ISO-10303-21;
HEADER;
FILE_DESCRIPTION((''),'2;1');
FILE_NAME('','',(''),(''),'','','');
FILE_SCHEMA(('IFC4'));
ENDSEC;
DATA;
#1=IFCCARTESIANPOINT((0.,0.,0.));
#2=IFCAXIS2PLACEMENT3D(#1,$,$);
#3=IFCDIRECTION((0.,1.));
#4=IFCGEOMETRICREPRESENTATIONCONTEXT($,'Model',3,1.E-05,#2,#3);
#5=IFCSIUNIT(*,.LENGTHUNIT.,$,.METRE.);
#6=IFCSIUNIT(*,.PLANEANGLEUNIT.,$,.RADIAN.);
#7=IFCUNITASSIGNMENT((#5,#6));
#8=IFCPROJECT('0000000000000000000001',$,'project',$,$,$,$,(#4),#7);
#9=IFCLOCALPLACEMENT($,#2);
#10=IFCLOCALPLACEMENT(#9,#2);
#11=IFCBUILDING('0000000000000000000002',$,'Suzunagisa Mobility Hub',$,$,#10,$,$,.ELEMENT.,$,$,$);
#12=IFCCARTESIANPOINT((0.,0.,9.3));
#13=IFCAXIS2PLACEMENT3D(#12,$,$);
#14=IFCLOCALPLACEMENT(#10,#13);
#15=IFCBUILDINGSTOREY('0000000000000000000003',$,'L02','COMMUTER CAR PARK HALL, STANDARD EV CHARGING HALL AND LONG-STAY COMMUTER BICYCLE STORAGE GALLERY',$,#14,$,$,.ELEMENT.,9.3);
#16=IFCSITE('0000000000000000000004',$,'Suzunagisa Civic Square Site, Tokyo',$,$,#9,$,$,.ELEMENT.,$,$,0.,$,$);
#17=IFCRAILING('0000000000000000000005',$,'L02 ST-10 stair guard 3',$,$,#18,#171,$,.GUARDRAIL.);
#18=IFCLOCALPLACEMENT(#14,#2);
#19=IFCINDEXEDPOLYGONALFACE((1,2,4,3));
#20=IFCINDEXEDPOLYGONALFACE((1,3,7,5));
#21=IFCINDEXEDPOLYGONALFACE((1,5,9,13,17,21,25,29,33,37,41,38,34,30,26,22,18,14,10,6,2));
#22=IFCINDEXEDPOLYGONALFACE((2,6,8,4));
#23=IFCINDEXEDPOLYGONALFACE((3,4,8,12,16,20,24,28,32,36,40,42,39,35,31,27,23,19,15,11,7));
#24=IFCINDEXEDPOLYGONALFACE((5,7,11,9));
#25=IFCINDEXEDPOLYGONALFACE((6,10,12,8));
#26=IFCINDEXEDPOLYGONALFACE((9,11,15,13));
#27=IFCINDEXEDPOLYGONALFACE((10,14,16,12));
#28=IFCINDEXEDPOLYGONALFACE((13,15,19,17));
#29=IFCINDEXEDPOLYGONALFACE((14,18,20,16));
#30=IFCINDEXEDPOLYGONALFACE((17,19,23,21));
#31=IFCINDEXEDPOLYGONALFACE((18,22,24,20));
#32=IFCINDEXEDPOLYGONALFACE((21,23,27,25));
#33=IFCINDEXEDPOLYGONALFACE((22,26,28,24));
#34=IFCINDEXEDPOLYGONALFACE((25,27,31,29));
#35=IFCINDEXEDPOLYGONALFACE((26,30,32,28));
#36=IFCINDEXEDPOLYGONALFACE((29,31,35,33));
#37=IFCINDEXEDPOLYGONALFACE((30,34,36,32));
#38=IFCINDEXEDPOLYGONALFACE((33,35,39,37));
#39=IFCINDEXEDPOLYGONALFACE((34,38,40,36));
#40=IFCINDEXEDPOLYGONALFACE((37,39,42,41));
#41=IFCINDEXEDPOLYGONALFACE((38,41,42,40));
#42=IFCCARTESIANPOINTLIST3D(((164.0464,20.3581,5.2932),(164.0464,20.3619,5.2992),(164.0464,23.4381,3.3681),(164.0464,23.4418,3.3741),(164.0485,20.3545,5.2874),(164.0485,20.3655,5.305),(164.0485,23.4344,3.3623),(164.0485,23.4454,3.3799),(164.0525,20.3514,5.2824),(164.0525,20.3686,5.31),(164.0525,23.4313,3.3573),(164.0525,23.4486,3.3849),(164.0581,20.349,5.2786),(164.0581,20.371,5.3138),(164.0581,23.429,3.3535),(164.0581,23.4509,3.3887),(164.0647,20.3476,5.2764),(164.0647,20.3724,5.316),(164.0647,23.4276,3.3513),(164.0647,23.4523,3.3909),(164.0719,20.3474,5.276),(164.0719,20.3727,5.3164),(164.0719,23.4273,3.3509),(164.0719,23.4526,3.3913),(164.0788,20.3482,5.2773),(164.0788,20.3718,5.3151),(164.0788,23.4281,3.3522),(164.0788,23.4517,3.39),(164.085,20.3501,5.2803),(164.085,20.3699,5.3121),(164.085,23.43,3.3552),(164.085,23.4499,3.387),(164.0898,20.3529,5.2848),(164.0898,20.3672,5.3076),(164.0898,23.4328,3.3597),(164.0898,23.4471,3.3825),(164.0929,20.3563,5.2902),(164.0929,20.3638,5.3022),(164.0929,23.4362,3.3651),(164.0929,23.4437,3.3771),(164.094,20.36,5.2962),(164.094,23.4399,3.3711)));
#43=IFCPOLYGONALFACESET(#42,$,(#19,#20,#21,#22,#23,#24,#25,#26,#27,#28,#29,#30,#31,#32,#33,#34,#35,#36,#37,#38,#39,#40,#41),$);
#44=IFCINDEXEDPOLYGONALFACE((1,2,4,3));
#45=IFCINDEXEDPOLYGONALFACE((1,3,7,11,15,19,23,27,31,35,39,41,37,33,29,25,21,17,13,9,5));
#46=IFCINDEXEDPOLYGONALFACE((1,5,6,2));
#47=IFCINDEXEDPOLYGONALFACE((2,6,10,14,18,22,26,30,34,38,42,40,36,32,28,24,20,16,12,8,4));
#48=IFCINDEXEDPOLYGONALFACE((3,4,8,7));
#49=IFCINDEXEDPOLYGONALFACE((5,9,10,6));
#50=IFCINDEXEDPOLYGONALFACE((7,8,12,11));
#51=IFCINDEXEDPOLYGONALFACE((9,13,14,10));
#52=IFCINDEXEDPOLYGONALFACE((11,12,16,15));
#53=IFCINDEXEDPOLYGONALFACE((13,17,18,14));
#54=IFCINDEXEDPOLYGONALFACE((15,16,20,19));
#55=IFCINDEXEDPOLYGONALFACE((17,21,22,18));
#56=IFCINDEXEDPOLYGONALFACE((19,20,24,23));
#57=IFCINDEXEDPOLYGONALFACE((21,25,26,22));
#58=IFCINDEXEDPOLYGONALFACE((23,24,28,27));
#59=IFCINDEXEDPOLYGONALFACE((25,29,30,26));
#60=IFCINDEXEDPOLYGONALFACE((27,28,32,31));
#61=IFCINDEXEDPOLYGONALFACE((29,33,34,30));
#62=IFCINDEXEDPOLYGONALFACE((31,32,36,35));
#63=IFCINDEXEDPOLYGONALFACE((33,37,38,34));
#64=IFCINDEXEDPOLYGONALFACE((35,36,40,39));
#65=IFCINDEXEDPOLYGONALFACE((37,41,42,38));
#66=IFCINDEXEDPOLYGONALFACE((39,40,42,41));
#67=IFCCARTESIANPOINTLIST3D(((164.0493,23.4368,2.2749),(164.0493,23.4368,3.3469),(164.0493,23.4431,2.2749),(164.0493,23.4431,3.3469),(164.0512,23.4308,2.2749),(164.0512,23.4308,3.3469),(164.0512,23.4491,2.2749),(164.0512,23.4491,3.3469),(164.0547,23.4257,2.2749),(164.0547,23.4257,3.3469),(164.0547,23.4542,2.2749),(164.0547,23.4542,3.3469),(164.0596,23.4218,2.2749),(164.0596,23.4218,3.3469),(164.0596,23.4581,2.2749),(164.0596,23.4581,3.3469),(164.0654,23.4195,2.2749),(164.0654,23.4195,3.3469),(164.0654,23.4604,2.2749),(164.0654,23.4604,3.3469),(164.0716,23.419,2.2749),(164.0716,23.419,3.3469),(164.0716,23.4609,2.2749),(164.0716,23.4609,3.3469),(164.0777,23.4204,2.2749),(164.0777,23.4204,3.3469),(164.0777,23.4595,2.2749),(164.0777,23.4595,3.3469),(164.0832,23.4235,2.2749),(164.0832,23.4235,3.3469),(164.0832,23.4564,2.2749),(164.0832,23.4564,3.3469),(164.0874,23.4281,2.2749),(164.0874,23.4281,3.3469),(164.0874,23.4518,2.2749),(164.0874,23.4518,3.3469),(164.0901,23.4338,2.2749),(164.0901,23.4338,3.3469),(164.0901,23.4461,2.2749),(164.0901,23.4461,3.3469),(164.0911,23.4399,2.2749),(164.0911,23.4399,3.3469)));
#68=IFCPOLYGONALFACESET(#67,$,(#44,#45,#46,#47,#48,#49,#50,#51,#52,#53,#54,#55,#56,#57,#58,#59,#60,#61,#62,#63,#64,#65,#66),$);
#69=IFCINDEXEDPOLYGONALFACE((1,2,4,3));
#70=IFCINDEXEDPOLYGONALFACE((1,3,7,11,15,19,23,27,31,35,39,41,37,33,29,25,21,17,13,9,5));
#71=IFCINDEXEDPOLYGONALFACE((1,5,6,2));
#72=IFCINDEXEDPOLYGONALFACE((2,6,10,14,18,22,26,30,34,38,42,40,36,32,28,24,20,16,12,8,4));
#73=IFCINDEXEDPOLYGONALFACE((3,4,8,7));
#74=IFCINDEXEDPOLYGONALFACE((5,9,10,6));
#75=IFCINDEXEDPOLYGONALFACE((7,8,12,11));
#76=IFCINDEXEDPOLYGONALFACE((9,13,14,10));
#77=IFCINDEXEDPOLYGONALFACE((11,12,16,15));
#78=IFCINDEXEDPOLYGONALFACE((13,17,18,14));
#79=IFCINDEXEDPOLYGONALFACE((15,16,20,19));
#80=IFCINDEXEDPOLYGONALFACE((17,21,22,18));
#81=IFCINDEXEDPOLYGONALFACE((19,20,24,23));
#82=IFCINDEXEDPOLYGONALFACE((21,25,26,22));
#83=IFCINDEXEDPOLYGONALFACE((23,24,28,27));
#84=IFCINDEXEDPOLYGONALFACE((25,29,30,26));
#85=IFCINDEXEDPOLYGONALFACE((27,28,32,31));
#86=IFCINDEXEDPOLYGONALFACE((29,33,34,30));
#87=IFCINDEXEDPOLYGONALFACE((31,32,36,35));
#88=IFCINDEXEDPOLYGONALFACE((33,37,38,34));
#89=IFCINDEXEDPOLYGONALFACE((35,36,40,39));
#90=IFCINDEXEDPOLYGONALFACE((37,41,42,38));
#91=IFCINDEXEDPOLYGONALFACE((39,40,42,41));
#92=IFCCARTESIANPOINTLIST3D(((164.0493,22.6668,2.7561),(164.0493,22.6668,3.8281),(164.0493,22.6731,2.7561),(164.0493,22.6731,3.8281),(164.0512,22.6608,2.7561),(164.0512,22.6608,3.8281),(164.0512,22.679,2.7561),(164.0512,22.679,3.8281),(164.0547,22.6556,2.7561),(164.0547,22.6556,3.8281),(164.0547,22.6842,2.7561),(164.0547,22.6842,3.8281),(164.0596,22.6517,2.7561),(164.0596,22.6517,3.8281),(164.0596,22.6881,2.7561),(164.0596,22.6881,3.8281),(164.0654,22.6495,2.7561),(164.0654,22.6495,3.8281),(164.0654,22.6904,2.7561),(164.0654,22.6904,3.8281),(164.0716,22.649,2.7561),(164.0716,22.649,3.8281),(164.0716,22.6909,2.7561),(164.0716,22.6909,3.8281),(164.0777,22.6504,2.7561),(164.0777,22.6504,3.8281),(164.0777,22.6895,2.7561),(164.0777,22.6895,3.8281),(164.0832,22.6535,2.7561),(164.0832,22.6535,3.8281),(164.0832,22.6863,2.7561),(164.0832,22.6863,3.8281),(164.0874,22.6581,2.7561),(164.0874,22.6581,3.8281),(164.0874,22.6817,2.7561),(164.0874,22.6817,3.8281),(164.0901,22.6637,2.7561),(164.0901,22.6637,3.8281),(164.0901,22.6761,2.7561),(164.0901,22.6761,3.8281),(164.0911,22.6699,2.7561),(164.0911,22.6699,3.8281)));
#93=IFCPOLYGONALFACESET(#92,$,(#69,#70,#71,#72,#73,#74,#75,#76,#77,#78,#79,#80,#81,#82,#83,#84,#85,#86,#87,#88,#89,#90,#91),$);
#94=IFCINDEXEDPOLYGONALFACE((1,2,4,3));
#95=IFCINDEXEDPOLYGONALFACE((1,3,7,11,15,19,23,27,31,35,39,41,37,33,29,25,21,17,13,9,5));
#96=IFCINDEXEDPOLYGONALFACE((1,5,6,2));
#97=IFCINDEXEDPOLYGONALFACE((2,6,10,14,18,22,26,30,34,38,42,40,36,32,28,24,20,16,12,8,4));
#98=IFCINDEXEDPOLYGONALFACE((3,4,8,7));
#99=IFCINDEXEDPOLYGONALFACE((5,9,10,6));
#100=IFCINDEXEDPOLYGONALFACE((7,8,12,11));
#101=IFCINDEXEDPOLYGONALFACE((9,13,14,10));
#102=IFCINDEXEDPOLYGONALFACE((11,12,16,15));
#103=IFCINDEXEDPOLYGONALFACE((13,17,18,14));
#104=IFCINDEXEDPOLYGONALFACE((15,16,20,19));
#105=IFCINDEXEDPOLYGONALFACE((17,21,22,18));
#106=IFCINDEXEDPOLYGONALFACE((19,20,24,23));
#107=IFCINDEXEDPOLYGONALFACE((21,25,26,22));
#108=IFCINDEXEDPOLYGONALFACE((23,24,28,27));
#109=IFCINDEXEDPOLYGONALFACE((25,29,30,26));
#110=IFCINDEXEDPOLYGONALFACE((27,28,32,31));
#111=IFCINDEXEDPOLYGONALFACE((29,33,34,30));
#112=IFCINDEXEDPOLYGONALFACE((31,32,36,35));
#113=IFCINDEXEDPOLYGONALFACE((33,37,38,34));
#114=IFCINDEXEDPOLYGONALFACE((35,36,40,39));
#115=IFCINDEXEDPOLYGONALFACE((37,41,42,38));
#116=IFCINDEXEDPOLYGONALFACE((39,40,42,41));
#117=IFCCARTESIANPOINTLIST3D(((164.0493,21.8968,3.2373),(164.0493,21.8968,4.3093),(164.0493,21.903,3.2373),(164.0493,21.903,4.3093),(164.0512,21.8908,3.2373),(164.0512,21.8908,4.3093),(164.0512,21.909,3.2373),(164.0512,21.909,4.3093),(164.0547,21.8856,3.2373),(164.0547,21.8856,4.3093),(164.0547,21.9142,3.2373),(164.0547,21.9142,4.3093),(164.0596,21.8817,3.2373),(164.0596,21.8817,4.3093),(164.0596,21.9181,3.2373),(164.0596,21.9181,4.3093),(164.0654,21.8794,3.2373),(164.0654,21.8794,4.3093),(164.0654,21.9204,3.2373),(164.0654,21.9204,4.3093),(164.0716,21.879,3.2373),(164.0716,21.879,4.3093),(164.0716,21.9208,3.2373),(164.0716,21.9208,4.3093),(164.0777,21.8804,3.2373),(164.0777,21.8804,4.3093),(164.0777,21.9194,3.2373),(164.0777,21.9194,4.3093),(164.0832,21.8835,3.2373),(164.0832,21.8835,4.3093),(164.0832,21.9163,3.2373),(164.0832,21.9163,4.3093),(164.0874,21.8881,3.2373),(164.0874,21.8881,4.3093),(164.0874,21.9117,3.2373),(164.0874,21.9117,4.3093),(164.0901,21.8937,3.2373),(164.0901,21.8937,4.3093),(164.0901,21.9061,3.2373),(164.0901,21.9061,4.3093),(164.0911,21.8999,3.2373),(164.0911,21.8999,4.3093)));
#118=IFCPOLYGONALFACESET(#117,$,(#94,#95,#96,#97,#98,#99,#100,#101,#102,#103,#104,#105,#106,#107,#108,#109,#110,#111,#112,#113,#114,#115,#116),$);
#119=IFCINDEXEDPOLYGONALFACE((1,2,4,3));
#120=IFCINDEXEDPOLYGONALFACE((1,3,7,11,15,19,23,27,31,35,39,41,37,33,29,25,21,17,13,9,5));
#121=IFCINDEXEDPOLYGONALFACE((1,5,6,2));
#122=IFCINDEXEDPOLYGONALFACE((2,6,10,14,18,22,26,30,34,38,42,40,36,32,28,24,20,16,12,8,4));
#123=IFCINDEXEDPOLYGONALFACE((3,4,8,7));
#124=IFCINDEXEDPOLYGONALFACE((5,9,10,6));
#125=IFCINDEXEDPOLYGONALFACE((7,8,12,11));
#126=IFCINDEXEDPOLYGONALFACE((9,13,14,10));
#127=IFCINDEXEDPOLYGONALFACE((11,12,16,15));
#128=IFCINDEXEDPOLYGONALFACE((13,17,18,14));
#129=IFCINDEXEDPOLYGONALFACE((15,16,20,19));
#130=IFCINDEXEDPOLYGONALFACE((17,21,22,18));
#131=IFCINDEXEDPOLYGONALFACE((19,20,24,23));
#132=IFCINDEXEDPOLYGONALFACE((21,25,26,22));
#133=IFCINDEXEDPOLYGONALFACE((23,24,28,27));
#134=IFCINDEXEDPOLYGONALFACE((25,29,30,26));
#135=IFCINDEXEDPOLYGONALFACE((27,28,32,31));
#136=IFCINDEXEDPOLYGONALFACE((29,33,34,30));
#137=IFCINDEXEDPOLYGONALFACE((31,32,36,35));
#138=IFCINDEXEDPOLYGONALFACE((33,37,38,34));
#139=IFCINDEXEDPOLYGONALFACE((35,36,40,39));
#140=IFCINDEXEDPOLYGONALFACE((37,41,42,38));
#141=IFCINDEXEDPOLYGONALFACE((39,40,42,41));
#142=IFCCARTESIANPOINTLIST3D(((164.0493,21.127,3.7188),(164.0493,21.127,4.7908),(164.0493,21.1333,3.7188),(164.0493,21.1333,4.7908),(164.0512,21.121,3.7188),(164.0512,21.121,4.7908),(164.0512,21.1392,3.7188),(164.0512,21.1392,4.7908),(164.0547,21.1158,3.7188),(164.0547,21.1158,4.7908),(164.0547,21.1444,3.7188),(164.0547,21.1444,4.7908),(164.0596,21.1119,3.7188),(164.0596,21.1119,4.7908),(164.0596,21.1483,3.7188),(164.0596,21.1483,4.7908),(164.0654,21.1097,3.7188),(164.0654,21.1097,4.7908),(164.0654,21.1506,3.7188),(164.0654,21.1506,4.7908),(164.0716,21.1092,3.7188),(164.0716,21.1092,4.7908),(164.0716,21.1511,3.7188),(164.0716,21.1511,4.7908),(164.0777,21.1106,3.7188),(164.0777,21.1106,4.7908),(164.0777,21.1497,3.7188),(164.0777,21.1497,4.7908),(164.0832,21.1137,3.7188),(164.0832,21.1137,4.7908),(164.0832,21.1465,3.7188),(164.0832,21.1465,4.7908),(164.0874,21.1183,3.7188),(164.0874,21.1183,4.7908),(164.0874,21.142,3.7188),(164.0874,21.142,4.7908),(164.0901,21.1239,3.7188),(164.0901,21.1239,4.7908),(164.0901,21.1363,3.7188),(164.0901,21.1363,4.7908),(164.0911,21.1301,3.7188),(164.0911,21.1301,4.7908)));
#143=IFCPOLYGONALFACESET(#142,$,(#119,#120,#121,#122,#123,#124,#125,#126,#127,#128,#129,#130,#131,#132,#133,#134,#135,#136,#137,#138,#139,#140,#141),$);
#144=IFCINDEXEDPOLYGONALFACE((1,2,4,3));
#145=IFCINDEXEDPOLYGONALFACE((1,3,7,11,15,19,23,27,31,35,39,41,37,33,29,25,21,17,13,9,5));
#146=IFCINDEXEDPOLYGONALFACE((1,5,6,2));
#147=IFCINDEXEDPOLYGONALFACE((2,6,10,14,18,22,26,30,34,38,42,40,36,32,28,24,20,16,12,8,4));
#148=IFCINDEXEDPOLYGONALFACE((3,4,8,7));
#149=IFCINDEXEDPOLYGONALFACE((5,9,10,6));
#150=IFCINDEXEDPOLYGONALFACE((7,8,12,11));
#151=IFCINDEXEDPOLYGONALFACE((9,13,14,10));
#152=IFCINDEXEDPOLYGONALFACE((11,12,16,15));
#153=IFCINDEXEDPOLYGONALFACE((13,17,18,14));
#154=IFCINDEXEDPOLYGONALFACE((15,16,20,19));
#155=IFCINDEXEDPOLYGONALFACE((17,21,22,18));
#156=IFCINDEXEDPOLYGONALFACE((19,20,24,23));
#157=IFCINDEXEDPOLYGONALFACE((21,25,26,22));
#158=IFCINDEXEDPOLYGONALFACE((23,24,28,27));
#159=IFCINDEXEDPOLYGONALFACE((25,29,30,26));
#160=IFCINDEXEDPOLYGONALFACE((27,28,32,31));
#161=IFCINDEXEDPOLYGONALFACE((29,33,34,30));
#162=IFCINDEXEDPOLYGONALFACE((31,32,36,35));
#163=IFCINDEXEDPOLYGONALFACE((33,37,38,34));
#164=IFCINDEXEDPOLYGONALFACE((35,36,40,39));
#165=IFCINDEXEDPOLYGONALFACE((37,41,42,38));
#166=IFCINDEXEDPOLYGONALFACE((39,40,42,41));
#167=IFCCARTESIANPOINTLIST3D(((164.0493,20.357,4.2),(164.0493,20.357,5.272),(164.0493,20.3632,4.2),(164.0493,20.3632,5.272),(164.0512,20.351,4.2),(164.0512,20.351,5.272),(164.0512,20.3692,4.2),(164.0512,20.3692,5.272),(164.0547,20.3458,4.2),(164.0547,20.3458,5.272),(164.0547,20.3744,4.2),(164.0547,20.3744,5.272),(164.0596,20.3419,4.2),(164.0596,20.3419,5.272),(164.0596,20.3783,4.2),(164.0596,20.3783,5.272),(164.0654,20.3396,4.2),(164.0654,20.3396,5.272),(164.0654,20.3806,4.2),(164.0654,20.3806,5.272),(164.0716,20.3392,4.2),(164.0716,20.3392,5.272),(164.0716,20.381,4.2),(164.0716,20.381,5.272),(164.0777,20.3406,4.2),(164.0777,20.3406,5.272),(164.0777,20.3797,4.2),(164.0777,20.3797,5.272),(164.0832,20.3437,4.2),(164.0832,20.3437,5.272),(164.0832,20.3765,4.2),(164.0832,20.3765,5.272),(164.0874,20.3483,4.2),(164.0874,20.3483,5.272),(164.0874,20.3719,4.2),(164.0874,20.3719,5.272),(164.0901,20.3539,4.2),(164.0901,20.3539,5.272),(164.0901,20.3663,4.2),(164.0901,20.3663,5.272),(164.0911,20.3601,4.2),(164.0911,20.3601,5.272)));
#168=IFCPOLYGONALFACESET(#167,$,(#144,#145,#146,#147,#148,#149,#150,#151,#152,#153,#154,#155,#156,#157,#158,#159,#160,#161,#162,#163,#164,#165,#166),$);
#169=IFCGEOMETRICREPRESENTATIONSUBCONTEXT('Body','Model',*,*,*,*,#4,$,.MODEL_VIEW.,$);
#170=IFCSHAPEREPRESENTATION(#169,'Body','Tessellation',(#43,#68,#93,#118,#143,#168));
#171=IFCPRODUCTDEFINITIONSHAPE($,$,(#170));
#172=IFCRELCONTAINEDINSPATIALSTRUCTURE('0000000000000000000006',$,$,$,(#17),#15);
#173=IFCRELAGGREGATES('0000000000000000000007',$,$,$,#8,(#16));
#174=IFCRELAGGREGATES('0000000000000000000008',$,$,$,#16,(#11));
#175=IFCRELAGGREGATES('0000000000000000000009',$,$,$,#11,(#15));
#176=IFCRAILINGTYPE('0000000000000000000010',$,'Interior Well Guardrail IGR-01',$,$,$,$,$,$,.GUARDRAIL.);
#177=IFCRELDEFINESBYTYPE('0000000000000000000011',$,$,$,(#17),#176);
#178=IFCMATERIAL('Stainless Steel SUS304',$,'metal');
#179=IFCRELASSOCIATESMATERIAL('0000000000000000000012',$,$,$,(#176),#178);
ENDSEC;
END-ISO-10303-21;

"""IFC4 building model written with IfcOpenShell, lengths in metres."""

from ifc_helpers import new_model, si_unit, direction, frame, origin, origin_2d, place, context, subcontext, project, spatial, circle, extrude, material, type_object, element, save


model = new_model("IFC4")

# Units and contexts
model_context = context("Model", 3, precision=1e-05, world=origin(), true_north=direction((0.0, 1.0)))
body_context = subcontext(model_context, "Body", "Model", "MODEL_VIEW")
ifc_project = project(units=[si_unit("LENGTHUNIT", "METRE"), si_unit("PLANEANGLEUNIT", "RADIAN")], contexts=[model_context])

# Site, building, storey
site_placement = place(None, origin())
site = spatial("IfcSite", under=ifc_project, at=site_placement, Name="Suzunagisa Civic Square Site, Tokyo", CompositionType="ELEMENT", RefElevation=0.0)
building_placement = place(site_placement, origin())
building = spatial("IfcBuilding", under=site, at=building_placement, Name="Suzunagisa Mobility Hub", CompositionType="ELEMENT")
storey_placement = place(building_placement, frame((0.0, 0.0, 9.3)))
storey = spatial("IfcBuildingStorey", under=building, at=storey_placement, Name="L02", Description="COMMUTER CAR PARK HALL, STANDARD EV CHARGING HALL AND LONG-STAY COMMUTER BICYCLE STORAGE GALLERY", CompositionType="ELEMENT", Elevation=9.3)

# Railing
ifc_material_1 = material(Name="Stainless Steel SUS304", Category="metal")
railing_type_1 = type_object("IfcRailingType", Name="Interior Well Guardrail IGR-01", PredefinedType="GUARDRAIL", material=ifc_material_1)
railing_1_placement = place(storey_placement, frame((164.0701, 23.4399, 2.2749)))
element("IfcRailing", 1, at=railing_1_placement, inside=storey, type_object=railing_type_1, Name="L02 ST-10 stair guard 3", PredefinedType="GUARDRAIL", context=body_context, shape_type="SweptSolid", body=[
    extrude(circle(Radius=0.0239, at=origin_2d()), frame((0.0, 0.0, 1.0962), z_axis=(0.0, -0.847979, 0.530029), x_axis=(1.0, 0.0, 0.0)), (0.0, 0.0, 1.0), 3.6321),
    extrude(circle(Radius=0.021, at=origin_2d()), origin(), (0.0, 0.0, 1.0), 1.072),
    extrude(circle(Radius=0.021, at=origin_2d()), frame((0.0, -0.77, 0.4812)), (0.0, 0.0, 1.0), 1.072),
    extrude(circle(Radius=0.021, at=origin_2d()), frame((0.0, -1.54, 0.9624)), (0.0, 0.0, 1.0), 1.072),
    extrude(circle(Radius=0.021, at=origin_2d()), frame((0.0, -2.3098, 1.4438)), (0.0, 0.0, 1.0), 1.072),
    extrude(circle(Radius=0.021, at=origin_2d()), frame((0.0, -3.0798, 1.925)), (0.0, 0.0, 1.0), 1.072),
])

save(model, "model.ifc")
